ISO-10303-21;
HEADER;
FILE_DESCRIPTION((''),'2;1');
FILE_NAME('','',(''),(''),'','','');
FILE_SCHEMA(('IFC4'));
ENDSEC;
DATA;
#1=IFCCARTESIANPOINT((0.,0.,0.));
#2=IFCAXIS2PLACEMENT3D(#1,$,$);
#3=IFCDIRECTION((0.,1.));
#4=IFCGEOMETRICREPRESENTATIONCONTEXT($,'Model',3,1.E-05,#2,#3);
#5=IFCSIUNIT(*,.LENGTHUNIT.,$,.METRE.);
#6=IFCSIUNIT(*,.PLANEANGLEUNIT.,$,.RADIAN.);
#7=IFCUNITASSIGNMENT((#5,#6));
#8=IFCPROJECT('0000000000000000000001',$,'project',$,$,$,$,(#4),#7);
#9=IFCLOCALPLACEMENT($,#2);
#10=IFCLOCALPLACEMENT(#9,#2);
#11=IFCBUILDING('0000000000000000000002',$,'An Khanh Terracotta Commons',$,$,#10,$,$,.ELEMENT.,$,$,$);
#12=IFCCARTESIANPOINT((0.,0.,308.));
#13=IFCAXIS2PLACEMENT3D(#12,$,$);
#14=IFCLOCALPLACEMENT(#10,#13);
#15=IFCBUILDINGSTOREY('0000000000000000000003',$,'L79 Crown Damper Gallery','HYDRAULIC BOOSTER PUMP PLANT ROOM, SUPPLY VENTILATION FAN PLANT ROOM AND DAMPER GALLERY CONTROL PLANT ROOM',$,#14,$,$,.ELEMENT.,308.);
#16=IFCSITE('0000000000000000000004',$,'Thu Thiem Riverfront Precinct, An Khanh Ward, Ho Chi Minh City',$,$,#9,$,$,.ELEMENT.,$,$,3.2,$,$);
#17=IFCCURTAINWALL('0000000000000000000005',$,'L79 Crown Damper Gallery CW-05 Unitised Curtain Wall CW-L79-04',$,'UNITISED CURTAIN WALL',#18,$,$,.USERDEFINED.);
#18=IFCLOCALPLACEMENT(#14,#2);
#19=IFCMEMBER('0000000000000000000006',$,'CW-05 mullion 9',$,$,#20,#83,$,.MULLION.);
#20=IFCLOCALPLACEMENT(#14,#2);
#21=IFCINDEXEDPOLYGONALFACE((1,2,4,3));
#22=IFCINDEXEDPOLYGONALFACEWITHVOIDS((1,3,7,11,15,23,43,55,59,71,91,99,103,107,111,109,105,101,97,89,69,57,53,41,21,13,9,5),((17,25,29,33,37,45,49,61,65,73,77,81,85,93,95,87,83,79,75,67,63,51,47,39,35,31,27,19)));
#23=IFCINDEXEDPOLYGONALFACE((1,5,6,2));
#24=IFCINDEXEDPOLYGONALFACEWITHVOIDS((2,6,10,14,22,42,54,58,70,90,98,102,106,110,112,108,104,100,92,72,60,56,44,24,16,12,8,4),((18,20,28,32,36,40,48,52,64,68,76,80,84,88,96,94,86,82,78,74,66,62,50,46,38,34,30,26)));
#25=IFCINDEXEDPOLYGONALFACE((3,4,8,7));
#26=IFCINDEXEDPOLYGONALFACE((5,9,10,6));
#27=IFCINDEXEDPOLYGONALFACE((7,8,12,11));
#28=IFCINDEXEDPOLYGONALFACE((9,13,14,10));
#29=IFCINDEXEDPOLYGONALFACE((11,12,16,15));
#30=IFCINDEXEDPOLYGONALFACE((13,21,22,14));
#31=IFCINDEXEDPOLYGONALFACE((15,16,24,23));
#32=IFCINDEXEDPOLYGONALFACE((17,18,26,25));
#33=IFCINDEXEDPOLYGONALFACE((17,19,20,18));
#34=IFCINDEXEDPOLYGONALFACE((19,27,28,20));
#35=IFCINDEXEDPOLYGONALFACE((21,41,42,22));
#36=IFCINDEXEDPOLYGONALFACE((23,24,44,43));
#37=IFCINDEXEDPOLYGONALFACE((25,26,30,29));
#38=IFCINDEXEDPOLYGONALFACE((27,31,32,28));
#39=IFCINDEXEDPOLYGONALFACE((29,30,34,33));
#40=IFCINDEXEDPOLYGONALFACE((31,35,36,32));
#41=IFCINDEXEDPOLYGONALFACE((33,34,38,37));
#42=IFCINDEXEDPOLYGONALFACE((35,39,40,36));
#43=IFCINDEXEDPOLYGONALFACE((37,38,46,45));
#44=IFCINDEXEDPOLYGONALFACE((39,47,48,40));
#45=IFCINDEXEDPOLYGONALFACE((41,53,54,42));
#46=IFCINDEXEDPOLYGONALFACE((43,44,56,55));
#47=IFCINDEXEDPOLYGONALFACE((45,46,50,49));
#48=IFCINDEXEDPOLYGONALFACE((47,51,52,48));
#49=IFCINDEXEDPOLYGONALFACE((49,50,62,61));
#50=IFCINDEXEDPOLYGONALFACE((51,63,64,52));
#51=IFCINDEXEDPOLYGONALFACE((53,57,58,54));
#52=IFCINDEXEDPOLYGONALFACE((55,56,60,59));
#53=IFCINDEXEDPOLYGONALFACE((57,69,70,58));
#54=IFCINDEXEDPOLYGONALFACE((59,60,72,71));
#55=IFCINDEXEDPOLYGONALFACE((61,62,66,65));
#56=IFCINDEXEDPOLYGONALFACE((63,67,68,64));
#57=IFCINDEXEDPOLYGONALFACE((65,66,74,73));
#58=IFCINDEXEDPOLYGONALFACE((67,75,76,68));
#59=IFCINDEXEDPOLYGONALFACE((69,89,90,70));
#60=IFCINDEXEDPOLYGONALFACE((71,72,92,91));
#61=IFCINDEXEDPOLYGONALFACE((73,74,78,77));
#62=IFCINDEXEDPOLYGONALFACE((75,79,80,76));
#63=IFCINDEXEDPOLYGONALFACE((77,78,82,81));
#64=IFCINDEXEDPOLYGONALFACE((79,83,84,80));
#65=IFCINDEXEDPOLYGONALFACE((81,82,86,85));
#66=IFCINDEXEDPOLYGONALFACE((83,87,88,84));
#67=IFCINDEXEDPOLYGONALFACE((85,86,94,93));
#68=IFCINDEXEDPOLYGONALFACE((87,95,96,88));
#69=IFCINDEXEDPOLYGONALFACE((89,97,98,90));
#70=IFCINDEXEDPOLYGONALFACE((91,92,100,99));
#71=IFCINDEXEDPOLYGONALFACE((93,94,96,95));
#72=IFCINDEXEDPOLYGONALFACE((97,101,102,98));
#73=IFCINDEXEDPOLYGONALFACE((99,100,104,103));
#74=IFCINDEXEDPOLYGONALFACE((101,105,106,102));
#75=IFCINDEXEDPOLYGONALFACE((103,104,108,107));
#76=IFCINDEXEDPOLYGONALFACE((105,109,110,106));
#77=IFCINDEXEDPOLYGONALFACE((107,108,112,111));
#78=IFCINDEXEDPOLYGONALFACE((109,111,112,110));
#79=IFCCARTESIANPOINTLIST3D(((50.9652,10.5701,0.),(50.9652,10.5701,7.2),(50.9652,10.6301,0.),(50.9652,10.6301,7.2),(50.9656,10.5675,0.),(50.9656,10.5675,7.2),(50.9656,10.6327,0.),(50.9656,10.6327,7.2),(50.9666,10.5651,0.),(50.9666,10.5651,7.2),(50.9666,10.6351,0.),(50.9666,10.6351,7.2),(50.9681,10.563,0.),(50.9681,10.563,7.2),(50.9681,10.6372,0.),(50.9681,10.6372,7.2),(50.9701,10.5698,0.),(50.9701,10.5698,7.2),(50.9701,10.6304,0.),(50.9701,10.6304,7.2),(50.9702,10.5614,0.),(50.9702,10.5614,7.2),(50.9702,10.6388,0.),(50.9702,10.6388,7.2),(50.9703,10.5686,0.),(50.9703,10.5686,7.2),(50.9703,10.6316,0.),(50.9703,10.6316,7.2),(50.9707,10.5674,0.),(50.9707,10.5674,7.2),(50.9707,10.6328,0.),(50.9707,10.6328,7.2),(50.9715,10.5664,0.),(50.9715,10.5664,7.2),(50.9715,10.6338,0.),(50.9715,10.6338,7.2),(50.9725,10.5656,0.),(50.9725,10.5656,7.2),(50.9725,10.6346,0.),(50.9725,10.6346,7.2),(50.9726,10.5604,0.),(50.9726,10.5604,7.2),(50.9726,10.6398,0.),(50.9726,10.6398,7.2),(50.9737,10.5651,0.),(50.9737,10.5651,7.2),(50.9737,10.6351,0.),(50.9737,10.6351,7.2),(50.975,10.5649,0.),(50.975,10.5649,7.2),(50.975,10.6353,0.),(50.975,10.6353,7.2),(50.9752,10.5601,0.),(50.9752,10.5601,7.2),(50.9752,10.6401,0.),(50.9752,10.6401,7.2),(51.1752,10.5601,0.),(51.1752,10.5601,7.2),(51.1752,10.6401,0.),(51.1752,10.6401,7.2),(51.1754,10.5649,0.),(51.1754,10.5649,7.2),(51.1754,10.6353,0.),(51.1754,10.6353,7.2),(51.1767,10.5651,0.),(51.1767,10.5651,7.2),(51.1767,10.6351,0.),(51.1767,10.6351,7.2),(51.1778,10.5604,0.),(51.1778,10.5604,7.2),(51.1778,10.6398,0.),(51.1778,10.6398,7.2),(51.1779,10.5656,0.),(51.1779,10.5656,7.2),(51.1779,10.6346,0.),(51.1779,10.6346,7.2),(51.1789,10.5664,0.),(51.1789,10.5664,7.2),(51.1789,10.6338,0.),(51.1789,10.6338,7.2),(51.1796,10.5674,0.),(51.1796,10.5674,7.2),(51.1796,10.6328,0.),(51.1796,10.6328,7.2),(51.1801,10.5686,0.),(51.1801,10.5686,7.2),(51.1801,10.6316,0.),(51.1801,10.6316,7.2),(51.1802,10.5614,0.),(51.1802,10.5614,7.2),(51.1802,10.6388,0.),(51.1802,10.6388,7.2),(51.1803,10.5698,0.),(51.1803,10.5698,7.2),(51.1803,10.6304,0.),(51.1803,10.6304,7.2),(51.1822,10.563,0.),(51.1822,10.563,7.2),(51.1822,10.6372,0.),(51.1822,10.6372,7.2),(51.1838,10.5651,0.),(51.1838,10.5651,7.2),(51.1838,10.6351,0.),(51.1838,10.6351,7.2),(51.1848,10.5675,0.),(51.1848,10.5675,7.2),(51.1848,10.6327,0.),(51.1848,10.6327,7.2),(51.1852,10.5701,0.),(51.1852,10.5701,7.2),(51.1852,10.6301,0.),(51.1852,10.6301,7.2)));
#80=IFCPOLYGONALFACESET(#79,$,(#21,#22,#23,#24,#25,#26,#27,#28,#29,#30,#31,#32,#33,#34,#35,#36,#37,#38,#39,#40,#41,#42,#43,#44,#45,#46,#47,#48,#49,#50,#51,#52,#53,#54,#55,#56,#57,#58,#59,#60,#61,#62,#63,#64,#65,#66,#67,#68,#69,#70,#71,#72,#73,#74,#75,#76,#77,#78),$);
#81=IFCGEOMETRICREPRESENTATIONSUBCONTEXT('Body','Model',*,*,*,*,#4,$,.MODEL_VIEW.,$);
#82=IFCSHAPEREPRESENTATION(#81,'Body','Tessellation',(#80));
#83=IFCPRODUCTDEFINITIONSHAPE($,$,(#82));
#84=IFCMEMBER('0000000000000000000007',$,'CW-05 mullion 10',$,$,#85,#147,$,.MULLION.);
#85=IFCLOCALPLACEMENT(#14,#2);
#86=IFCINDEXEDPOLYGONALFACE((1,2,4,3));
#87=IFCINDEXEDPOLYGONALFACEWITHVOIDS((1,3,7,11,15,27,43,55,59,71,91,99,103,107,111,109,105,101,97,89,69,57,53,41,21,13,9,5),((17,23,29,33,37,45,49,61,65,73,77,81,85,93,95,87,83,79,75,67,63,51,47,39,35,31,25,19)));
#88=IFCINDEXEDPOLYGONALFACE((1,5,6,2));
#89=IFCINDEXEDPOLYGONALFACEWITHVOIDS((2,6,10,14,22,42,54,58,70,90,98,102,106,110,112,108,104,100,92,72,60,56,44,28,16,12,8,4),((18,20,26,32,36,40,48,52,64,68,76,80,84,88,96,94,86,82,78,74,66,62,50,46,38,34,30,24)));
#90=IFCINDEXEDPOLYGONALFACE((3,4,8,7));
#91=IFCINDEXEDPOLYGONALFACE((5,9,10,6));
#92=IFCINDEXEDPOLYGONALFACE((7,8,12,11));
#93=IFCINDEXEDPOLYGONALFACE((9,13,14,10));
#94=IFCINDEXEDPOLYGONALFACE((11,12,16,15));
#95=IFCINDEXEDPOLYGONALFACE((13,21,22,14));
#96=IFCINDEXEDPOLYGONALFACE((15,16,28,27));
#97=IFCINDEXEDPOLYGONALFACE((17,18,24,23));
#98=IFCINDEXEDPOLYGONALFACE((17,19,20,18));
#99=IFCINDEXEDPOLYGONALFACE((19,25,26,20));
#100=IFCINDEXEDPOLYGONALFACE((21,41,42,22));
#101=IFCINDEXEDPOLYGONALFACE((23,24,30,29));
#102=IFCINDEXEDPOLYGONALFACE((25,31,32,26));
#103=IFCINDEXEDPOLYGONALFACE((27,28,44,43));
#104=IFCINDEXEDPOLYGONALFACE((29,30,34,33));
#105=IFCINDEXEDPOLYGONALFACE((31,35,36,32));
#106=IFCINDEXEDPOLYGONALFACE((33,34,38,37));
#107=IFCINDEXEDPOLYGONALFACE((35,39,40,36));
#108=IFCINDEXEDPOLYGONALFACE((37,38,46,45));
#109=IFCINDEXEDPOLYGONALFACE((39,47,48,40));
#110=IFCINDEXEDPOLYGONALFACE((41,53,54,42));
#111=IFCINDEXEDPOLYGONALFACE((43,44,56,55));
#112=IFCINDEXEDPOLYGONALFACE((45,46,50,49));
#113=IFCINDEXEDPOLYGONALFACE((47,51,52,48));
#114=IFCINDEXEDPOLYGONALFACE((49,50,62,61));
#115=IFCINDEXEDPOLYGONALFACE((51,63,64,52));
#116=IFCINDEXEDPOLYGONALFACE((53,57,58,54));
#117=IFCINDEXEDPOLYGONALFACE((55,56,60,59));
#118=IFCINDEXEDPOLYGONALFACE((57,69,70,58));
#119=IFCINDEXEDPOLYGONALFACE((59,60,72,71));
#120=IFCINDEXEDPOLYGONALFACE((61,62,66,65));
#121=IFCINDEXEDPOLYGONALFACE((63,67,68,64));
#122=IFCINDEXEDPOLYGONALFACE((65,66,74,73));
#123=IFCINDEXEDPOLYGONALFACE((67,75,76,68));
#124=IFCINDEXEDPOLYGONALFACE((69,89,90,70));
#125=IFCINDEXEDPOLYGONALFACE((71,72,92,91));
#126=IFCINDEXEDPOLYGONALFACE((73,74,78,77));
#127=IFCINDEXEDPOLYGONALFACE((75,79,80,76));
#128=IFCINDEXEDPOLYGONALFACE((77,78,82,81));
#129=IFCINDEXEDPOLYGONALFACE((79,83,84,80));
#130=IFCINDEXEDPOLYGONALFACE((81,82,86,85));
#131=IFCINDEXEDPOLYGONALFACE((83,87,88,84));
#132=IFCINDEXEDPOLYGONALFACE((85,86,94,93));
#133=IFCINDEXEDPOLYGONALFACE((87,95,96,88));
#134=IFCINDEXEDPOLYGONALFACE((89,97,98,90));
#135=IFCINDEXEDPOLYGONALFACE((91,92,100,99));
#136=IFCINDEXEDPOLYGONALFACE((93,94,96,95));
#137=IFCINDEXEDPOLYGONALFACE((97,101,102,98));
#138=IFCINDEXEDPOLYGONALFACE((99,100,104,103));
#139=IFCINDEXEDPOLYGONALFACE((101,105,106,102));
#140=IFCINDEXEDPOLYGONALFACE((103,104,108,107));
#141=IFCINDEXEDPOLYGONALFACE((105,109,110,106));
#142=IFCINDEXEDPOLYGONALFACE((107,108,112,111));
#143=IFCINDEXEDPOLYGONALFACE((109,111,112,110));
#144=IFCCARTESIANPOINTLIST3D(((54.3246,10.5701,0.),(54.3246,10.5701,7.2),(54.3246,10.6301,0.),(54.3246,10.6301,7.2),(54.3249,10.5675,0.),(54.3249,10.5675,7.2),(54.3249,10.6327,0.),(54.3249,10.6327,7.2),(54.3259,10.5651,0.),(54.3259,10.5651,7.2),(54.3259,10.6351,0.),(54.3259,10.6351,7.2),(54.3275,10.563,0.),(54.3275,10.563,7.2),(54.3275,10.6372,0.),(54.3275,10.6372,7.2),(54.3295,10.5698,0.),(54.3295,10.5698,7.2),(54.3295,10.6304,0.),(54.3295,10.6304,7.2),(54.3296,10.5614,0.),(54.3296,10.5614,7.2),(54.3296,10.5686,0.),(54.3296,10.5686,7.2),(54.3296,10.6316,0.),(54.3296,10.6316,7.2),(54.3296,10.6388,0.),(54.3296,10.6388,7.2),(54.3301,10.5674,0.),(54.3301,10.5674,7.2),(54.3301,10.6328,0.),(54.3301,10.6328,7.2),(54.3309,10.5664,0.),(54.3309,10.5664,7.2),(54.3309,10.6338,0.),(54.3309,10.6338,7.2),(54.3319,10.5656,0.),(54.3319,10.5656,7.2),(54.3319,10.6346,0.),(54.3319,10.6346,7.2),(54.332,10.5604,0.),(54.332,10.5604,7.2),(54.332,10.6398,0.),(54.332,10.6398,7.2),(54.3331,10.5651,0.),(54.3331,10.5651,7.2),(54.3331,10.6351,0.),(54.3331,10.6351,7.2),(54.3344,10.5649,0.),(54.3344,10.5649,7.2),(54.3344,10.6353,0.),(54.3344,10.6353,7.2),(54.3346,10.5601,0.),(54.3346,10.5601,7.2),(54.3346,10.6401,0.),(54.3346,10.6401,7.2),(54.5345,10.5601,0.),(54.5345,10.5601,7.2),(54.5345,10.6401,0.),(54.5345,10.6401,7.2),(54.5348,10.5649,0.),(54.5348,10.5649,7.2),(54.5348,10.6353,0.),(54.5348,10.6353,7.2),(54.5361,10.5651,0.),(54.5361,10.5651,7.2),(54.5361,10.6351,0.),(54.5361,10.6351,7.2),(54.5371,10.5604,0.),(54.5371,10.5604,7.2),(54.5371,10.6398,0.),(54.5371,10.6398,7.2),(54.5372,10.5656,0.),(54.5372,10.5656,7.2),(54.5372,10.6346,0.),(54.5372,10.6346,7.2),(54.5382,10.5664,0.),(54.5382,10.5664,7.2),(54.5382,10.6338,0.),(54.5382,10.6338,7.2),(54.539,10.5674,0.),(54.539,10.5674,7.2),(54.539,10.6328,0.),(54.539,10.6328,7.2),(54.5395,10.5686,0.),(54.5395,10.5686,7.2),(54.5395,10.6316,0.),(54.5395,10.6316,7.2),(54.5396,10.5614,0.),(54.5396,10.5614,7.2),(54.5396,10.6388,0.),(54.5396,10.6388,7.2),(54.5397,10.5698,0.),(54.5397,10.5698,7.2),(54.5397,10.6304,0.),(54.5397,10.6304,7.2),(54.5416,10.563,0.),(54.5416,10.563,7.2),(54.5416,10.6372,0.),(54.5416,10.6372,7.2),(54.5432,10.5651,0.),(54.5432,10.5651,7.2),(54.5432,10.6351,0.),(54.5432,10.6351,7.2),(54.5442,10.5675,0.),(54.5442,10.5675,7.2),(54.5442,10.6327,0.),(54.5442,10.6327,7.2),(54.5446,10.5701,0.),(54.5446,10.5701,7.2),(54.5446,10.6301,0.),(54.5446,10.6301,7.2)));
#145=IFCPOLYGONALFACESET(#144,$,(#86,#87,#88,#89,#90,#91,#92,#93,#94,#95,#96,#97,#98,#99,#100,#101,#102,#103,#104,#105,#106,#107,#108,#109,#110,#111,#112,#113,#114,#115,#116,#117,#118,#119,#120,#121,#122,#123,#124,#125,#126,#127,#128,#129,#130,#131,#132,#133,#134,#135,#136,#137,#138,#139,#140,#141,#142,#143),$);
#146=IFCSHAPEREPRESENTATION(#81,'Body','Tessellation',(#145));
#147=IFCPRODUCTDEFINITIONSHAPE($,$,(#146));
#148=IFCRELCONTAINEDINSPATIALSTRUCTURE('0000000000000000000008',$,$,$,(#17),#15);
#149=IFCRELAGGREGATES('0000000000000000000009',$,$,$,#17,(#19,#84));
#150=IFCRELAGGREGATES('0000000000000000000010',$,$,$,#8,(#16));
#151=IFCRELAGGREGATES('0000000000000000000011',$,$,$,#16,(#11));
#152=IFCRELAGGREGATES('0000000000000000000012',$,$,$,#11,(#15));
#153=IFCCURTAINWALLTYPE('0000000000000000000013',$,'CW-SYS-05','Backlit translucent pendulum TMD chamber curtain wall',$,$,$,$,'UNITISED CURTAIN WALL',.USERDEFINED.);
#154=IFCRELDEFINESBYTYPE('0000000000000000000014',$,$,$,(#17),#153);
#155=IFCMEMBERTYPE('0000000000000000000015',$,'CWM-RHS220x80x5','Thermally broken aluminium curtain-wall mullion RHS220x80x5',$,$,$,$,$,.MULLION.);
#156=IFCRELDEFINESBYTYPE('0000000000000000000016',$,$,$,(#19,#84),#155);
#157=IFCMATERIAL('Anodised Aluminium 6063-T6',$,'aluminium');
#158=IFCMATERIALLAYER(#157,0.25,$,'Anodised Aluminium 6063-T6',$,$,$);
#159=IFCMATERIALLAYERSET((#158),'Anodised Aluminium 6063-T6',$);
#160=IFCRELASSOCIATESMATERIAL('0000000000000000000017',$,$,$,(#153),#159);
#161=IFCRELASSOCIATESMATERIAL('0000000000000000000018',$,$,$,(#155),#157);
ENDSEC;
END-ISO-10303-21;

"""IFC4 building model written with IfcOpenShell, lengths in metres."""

from ifc_helpers import new_model, si_unit, direction, frame, origin, origin_2d, place, context, subcontext, project, spatial, hollow_rectangle, extrude, material, layer, layer_set, material_profile, profile_set, type_object, element, aggregate, save


model = new_model("IFC4")

# Units and contexts
model_context = context("Model", 3, precision=1e-05, world=origin(), true_north=direction((0.0, 1.0)))
body_context = subcontext(model_context, "Body", "Model", "MODEL_VIEW")
ifc_project = project(units=[si_unit("LENGTHUNIT", "METRE"), si_unit("PLANEANGLEUNIT", "RADIAN")], contexts=[model_context])

# Site, building, storey
site_placement = place(None, origin())
site = spatial("IfcSite", under=ifc_project, at=site_placement, Name="Thu Thiem Riverfront Precinct, An Khanh Ward, Ho Chi Minh City", CompositionType="ELEMENT", RefElevation=3.2)
building_placement = place(site_placement, origin())
building = spatial("IfcBuilding", under=site, at=building_placement, Name="An Khanh Terracotta Commons", CompositionType="ELEMENT")
storey_placement = place(building_placement, frame((0.0, 0.0, 308.0)))
storey = spatial("IfcBuildingStorey", under=building, at=storey_placement, Name="L79 Crown Damper Gallery", Description="HYDRAULIC BOOSTER PUMP PLANT ROOM, SUPPLY VENTILATION FAN PLANT ROOM AND DAMPER GALLERY CONTROL PLANT ROOM", CompositionType="ELEMENT", Elevation=308.0)

# Curtain wall, members
ifc_material_1 = material(Name="Anodised Aluminium 6063-T6", Category="aluminium")
ifc_layer_1 = layer(ifc_material_1, 0.25, Name="Anodised Aluminium 6063-T6")
ifc_layer_set_1 = layer_set([ifc_layer_1], Name="Anodised Aluminium 6063-T6")
curtain_wall_type = type_object("IfcCurtainWallType", Name="CW-SYS-05", Description="Backlit translucent pendulum TMD chamber curtain wall", ElementType="UNITISED CURTAIN WALL", PredefinedType="USERDEFINED", material=ifc_layer_set_1)
curtain_wall_placement = place(storey_placement, origin())
curtain_wall = element("IfcCurtainWall", 1, at=curtain_wall_placement, inside=storey, type_object=curtain_wall_type, Name="L79 Crown Damper Gallery CW-05 Unitised Curtain Wall CW-L79-04", ObjectType="UNITISED CURTAIN WALL", PredefinedType="USERDEFINED")
ifc_material_profile_1 = material_profile(ifc_material_1, hollow_rectangle(XDim=0.0801, YDim=0.22, WallThickness=0.0049, InnerFilletRadius=0.0049, OuterFilletRadius=0.01, at=origin_2d()), Name="RHS220x80x5")
ifc_profile_set_1 = profile_set([ifc_material_profile_1], Name="Anodised Aluminium 6063-T6")
member_type_1 = type_object("IfcMemberType", Name="CWM-RHS220x80x5", Description="Thermally broken aluminium curtain-wall mullion RHS220x80x5", PredefinedType="MULLION", material=ifc_profile_set_1)
member_1_placement = place(storey_placement, frame((51.0752, 10.6001, 0.0), z_axis=(0.0, 0.0, 1.0), x_axis=(0.0, 1.0, 0.0)))
member_1 = element("IfcMember", 2, at=member_1_placement, type_object=member_type_1, Name="CW-05 mullion 9", PredefinedType="MULLION", context=body_context, shape_type="SweptSolid", body=[
    extrude(hollow_rectangle(XDim=0.0801, YDim=0.22, WallThickness=0.0049, InnerFilletRadius=0.0049, OuterFilletRadius=0.01, at=origin_2d()), origin(), (0.0, 0.0, 1.0), 7.2),
])
member_2_placement = place(storey_placement, frame((54.4346, 10.6001, 0.0), z_axis=(0.0, 0.0, 1.0), x_axis=(0.0, 1.0, 0.0)))
member_2 = element("IfcMember", 3, at=member_2_placement, type_object=member_type_1, Name="CW-05 mullion 10", PredefinedType="MULLION", context=body_context, shape_type="SweptSolid", body=[
    extrude(hollow_rectangle(XDim=0.0801, YDim=0.22, WallThickness=0.0049, InnerFilletRadius=0.0049, OuterFilletRadius=0.01, at=origin_2d()), origin(), (0.0, 0.0, 1.0), 7.2),
])

aggregate(curtain_wall, [member_1, member_2])

save(model, "model.ifc")
